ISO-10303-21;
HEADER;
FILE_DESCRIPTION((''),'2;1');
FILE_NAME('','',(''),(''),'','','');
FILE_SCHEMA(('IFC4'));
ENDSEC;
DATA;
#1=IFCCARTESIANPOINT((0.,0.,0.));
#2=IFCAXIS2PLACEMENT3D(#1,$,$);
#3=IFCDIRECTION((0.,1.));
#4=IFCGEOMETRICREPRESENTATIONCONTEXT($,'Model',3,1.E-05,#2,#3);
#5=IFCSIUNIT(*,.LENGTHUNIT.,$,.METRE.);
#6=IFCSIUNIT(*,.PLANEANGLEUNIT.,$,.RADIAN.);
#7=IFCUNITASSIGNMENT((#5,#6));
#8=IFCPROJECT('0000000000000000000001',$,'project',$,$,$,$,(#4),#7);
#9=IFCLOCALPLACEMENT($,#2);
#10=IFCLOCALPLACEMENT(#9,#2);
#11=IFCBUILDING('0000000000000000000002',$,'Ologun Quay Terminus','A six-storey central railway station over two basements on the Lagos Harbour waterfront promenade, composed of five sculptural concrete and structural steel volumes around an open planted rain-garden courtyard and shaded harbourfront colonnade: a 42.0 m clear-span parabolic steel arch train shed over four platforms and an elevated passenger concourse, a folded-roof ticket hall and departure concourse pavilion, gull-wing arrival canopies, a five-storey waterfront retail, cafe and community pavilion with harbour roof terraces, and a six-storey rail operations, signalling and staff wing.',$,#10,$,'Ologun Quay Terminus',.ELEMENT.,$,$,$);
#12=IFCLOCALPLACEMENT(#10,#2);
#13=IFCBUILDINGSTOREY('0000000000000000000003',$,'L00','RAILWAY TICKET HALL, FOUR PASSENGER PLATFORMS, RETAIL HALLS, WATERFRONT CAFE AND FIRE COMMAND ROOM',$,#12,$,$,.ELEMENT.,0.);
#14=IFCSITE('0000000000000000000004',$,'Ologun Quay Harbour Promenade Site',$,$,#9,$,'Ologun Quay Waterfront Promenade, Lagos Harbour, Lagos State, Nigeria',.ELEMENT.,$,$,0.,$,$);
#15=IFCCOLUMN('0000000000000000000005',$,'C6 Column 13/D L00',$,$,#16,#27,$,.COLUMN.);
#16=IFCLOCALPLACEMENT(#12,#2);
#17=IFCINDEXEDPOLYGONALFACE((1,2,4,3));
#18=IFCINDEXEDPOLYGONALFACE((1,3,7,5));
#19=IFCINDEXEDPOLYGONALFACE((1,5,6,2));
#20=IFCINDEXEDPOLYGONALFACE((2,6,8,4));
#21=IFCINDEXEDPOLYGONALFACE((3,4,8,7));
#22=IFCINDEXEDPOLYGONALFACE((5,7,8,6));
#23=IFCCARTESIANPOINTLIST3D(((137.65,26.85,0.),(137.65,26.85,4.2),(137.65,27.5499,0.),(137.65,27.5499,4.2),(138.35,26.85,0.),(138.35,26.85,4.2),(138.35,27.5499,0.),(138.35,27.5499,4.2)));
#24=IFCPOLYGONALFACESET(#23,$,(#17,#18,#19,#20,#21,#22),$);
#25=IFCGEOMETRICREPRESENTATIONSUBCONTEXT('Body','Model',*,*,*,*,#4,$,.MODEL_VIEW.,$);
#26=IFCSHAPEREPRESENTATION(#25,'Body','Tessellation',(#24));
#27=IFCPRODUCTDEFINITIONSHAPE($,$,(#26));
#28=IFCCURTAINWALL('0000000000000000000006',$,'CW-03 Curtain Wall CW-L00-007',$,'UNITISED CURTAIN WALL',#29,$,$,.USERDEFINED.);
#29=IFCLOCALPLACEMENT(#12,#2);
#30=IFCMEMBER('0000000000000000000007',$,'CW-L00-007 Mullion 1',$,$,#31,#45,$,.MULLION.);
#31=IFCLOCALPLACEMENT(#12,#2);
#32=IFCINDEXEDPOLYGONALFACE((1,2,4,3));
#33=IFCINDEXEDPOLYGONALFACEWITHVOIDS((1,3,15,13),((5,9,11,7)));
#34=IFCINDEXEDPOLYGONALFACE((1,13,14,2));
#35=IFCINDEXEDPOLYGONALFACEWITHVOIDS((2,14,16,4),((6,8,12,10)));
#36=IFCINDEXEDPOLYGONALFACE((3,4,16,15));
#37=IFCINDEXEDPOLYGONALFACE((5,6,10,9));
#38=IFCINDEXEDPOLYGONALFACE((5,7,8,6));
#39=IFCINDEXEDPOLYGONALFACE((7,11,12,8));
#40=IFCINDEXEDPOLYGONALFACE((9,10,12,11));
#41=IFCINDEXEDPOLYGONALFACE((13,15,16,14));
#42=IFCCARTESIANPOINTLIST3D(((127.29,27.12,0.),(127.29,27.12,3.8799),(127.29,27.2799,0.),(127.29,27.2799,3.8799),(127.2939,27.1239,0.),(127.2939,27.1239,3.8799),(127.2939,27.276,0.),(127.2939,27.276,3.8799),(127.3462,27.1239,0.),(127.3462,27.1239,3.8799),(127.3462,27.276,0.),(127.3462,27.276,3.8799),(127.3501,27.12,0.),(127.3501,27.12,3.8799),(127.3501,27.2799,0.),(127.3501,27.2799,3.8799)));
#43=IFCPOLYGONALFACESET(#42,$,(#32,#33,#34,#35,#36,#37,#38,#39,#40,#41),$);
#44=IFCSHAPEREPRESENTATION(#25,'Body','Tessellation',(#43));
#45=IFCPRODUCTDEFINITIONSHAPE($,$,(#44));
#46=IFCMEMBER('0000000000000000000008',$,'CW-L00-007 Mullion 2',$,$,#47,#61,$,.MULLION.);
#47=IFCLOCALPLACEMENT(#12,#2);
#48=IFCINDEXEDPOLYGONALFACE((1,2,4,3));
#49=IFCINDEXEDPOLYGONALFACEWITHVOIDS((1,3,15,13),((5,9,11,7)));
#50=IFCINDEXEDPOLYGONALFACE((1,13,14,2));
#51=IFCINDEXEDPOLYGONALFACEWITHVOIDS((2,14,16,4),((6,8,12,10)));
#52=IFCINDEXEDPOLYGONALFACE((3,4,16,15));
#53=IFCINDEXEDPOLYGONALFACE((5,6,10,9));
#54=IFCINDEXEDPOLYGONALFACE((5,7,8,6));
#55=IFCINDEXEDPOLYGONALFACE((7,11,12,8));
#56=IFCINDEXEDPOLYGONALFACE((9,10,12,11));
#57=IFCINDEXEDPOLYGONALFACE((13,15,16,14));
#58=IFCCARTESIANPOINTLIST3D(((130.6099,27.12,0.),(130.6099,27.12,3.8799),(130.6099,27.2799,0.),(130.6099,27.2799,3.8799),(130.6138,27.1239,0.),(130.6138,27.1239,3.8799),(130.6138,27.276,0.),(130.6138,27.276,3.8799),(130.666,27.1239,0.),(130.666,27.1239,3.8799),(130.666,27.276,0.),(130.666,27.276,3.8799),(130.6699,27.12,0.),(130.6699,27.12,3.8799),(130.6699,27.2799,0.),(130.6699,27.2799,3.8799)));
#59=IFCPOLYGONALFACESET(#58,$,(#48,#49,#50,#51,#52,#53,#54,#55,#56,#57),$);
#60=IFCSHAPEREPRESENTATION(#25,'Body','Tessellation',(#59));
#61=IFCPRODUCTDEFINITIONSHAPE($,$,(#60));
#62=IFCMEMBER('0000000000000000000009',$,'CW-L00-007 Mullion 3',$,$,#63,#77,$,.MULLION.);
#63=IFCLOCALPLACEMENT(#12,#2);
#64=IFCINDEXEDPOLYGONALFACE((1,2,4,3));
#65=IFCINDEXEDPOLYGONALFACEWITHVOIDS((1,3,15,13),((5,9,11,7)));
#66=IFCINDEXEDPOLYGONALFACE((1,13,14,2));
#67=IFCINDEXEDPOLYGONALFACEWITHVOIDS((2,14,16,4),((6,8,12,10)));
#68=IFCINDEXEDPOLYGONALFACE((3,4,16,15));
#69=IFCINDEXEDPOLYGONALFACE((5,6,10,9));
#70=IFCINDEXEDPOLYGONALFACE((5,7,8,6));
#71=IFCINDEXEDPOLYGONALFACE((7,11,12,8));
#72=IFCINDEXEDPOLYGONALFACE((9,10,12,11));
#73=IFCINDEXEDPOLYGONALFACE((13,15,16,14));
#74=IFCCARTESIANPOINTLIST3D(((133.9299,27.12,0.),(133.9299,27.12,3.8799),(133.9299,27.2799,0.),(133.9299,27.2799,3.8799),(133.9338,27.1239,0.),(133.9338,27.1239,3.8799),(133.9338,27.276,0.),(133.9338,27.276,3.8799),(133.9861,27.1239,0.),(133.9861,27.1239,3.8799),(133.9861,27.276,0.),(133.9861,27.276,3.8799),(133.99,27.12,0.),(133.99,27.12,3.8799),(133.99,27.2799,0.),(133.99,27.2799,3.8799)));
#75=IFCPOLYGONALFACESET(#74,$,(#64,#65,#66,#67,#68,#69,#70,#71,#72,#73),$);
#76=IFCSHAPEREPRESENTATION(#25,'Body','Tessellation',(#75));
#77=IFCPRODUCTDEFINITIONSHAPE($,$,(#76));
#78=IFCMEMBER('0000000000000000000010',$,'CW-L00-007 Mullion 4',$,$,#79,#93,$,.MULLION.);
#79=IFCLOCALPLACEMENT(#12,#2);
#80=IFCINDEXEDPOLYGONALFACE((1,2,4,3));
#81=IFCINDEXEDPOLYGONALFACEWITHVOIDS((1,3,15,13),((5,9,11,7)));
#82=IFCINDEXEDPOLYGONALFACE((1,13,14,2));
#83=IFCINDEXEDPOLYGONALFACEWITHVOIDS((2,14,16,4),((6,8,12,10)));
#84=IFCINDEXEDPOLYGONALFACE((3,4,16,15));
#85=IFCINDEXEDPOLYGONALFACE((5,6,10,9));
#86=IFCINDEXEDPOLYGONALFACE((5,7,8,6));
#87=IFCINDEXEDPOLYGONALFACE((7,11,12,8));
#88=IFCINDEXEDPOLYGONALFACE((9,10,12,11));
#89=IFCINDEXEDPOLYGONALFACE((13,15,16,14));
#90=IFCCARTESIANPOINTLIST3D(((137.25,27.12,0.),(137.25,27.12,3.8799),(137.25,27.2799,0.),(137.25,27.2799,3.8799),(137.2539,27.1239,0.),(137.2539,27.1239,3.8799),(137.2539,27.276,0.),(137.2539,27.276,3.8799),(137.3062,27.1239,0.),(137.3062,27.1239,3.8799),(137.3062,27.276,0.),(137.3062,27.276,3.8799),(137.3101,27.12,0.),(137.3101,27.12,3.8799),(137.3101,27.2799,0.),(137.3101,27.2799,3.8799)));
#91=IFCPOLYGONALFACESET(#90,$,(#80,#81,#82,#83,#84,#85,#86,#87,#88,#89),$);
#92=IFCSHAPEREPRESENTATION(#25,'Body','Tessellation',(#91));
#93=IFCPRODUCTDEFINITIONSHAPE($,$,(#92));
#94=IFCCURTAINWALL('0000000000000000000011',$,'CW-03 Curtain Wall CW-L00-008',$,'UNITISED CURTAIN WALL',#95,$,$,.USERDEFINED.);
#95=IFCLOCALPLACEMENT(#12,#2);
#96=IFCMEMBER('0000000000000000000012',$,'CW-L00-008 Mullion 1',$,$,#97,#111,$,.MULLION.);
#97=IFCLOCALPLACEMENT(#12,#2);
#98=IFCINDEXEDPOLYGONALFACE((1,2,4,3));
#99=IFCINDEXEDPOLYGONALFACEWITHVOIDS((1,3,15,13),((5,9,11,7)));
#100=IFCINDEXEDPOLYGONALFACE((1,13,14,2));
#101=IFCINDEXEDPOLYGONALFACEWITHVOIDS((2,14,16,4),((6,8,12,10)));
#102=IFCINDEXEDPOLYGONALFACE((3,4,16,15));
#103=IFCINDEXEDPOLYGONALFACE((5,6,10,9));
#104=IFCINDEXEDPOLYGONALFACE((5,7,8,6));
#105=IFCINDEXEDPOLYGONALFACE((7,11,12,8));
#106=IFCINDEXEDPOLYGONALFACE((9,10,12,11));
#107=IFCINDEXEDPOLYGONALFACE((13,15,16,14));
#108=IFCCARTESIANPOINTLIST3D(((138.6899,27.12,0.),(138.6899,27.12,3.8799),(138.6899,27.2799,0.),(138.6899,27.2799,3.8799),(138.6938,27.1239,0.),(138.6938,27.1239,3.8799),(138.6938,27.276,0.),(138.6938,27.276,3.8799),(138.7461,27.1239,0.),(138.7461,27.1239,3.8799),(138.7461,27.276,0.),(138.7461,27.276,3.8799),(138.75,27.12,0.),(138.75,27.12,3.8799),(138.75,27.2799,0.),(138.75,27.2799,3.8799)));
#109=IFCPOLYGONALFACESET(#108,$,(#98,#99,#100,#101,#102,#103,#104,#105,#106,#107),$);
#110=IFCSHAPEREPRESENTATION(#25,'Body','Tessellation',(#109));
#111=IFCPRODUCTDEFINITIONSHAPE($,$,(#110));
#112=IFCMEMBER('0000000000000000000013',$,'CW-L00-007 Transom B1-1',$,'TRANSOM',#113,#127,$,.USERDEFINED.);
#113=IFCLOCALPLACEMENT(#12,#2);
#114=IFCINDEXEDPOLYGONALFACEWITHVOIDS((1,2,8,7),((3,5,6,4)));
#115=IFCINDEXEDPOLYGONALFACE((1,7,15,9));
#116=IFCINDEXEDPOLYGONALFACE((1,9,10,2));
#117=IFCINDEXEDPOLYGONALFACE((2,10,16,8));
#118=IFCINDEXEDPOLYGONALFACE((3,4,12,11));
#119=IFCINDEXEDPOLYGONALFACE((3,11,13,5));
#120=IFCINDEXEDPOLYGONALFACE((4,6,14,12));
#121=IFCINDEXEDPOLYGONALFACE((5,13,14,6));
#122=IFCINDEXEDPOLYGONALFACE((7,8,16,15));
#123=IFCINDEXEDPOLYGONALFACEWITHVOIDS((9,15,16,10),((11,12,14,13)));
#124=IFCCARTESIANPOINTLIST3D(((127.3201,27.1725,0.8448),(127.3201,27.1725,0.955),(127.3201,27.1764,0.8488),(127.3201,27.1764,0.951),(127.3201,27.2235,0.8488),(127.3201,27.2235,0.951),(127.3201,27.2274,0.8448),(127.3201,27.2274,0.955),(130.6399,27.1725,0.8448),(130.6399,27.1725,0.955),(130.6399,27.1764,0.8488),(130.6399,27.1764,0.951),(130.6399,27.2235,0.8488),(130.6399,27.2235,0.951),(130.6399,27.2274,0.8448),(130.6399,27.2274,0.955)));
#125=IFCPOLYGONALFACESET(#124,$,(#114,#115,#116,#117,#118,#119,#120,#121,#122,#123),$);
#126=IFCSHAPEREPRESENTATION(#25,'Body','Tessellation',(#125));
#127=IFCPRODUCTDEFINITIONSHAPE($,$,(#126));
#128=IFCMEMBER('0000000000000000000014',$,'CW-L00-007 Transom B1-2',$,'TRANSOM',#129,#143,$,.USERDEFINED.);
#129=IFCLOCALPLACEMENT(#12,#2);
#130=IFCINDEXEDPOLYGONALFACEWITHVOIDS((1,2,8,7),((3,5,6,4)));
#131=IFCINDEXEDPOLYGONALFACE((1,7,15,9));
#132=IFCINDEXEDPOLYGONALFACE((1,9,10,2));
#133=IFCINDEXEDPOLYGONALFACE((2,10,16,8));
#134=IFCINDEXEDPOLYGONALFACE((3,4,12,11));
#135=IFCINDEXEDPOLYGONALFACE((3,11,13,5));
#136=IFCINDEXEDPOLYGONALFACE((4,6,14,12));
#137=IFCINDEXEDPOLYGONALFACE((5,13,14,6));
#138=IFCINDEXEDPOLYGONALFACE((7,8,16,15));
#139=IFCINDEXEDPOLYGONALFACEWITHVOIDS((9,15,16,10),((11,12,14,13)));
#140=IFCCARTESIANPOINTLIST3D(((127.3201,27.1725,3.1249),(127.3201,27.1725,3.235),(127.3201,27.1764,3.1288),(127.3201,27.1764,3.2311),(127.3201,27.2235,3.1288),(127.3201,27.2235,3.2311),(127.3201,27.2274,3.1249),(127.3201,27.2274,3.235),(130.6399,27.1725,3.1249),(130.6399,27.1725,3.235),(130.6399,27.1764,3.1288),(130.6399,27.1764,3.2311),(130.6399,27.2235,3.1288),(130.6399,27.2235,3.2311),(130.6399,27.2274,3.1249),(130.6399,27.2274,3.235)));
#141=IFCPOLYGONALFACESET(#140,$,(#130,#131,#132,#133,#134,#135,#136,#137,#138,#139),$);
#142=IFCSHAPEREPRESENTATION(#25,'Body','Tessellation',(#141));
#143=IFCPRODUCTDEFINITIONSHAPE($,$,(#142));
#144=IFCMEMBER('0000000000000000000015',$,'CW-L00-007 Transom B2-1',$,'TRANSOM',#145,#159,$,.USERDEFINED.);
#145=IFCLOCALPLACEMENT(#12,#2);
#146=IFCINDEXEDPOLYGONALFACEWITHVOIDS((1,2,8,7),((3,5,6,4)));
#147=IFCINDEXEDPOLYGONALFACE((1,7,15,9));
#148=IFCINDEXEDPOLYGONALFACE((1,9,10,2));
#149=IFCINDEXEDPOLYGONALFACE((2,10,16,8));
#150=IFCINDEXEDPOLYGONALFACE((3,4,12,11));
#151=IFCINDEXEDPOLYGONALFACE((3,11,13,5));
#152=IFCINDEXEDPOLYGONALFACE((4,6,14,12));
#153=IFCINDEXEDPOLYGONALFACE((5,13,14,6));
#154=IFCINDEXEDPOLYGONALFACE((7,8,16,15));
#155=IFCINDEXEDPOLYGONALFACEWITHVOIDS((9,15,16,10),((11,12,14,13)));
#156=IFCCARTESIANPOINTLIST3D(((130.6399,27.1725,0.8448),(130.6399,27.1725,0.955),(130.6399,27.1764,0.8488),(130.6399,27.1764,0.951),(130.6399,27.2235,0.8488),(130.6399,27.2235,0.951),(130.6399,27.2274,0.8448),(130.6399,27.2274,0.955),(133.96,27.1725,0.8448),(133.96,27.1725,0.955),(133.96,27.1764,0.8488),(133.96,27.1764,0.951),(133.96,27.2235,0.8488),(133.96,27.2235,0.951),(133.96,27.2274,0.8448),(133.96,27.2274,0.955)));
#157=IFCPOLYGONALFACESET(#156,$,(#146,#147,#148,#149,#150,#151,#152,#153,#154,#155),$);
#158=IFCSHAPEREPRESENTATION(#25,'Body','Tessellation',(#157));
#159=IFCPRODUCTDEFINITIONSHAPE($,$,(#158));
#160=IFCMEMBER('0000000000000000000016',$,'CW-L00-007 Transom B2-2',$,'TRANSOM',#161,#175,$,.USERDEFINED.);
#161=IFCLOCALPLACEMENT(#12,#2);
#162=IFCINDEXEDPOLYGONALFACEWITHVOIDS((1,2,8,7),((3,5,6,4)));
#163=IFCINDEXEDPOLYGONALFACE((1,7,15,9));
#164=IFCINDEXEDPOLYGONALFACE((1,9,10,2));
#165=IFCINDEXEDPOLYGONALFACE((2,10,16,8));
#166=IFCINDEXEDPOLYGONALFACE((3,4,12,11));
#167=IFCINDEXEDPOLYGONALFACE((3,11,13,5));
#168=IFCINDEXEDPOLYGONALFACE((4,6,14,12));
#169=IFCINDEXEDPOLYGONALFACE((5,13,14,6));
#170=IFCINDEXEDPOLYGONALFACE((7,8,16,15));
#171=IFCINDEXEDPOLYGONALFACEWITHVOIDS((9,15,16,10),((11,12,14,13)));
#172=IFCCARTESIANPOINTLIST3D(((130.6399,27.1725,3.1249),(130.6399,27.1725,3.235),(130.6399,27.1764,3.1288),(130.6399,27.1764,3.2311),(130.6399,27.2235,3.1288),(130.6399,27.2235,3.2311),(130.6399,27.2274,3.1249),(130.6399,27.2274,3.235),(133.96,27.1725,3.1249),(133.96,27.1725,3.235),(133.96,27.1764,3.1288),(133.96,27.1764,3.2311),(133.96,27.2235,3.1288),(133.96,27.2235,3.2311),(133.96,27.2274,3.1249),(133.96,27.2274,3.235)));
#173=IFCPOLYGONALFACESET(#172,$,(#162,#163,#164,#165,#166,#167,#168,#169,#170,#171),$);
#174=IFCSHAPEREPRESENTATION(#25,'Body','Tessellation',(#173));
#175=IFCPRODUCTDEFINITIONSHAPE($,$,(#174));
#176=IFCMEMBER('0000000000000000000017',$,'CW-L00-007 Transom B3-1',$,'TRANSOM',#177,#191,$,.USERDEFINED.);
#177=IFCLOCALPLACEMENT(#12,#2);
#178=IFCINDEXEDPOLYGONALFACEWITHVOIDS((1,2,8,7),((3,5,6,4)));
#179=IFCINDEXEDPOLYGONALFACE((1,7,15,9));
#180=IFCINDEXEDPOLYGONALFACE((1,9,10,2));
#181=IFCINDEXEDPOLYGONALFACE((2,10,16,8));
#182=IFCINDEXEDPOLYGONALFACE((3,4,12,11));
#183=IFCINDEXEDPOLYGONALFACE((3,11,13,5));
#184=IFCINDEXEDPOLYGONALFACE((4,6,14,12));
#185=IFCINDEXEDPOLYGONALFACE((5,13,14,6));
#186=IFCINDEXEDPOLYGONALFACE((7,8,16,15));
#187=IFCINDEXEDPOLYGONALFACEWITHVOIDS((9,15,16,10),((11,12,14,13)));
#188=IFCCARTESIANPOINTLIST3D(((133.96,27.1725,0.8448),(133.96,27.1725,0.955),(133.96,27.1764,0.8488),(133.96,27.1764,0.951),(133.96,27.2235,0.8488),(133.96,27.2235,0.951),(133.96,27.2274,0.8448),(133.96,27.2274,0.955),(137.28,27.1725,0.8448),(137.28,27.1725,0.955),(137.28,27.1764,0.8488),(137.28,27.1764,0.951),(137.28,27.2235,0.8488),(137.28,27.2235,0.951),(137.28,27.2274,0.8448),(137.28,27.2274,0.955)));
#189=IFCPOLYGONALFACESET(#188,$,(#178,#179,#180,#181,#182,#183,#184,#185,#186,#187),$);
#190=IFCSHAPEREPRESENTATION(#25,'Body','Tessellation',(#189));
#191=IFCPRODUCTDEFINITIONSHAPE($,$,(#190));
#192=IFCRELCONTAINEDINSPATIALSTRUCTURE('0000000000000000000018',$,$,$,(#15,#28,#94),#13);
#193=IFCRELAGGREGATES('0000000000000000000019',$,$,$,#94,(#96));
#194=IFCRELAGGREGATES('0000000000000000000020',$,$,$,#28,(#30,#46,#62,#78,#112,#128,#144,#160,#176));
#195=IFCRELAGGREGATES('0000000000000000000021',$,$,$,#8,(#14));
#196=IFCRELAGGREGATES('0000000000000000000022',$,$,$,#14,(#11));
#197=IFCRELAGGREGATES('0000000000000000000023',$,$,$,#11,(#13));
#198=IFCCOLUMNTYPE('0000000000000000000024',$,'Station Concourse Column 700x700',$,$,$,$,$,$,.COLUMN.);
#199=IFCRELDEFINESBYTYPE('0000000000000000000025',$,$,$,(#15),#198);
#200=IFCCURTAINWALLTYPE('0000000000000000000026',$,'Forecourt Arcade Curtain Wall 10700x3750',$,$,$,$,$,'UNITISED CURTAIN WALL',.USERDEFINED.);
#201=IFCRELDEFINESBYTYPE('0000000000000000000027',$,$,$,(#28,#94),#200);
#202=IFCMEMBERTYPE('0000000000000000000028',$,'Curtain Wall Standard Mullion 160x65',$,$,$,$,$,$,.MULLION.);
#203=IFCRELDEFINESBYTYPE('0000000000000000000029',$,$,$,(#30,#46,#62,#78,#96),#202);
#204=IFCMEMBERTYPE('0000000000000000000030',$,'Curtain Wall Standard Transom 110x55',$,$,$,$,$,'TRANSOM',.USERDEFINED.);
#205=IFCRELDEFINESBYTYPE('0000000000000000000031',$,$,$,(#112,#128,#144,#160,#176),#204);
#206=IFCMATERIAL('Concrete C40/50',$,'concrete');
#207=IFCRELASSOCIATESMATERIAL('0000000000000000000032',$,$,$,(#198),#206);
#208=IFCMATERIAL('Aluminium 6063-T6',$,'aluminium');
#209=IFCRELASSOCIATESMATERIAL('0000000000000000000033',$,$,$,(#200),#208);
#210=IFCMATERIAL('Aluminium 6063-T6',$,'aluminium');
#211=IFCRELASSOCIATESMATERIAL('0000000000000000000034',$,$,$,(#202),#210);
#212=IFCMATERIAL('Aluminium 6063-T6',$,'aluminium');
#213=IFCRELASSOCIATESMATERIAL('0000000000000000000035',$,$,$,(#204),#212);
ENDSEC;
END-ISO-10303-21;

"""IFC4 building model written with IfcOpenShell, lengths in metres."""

from ifc_helpers import new_model, si_unit, direction, frame, origin, origin_2d, place, context, subcontext, project, spatial, rectangle, hollow_rectangle, extrude, material, material_profile, profile_set, type_object, element, aggregate, save


model = new_model("IFC4")

# Units and contexts
model_context = context("Model", 3, precision=1e-05, world=origin(), true_north=direction((0.0, 1.0)))
body_context = subcontext(model_context, "Body", "Model", "MODEL_VIEW")
ifc_project = project(units=[si_unit("LENGTHUNIT", "METRE"), si_unit("PLANEANGLEUNIT", "RADIAN")], contexts=[model_context])

# Site, building, storey
site_placement = place(None, origin())
site = spatial("IfcSite", under=ifc_project, at=site_placement, Name="Ologun Quay Harbour Promenade Site", LongName="Ologun Quay Waterfront Promenade, Lagos Harbour, Lagos State, Nigeria", CompositionType="ELEMENT", RefElevation=0.0)
building_placement = place(site_placement, origin())
building = spatial("IfcBuilding", under=site, at=building_placement, Name="Ologun Quay Terminus", Description="A six-storey central railway station over two basements on the Lagos Harbour waterfront promenade, composed of five sculptural concrete and structural steel volumes around an open planted rain-garden courtyard and shaded harbourfront colonnade: a 42.0 m clear-span parabolic steel arch train shed over four platforms and an elevated passenger concourse, a folded-roof ticket hall and departure concourse pavilion, gull-wing arrival canopies, a five-storey waterfront retail, cafe and community pavilion with harbour roof terraces, and a six-storey rail operations, signalling and staff wing.", LongName="Ologun Quay Terminus", CompositionType="ELEMENT")
storey_placement = place(building_placement, origin())
storey = spatial("IfcBuildingStorey", under=building, at=storey_placement, Name="L00", Description="RAILWAY TICKET HALL, FOUR PASSENGER PLATFORMS, RETAIL HALLS, WATERFRONT CAFE AND FIRE COMMAND ROOM", CompositionType="ELEMENT", Elevation=0.0)

# Column
ifc_material_1 = material(Name="Concrete C40/50", Category="concrete")
ifc_material_profile_1 = material_profile(ifc_material_1, rectangle(XDim=0.7, YDim=0.7, at=origin_2d()), Name="RC 700x700")
ifc_profile_set_1 = profile_set([ifc_material_profile_1], Name="Concrete C40/50")
column_type = type_object("IfcColumnType", Name="Station Concourse Column 700x700", PredefinedType="COLUMN", material=ifc_profile_set_1)
column_placement = place(storey_placement, frame((138.0, 27.2, 0.0), z_axis=(0.0, 0.0, 1.0), x_axis=(1.0, 0.0, 0.0)))
element("IfcColumn", 1, at=column_placement, inside=storey, type_object=column_type, Name="C6 Column 13/D L00", PredefinedType="COLUMN", context=body_context, shape_type="SweptSolid", body=[
    extrude(rectangle(XDim=0.7, YDim=0.7, at=origin_2d()), origin(), (0.0, 0.0, 1.0), 4.2),
])

# Curtain wall, members
ifc_material_2 = material(Name="Aluminium 6063-T6", Category="aluminium")
curtain_wall_type = type_object("IfcCurtainWallType", Name="Forecourt Arcade Curtain Wall 10700x3750", ElementType="UNITISED CURTAIN WALL", PredefinedType="USERDEFINED", material=ifc_material_2)
curtain_wall_1_placement = place(storey_placement, origin())
curtain_wall_1 = element("IfcCurtainWall", 2, at=curtain_wall_1_placement, inside=storey, type_object=curtain_wall_type, Name="CW-03 Curtain Wall CW-L00-007", ObjectType="UNITISED CURTAIN WALL", PredefinedType="USERDEFINED")
ifc_material_3 = material(Name="Aluminium 6063-T6", Category="aluminium")
ifc_material_profile_2 = material_profile(ifc_material_3, hollow_rectangle(XDim=0.0601, YDim=0.1599, WallThickness=0.0039, at=origin_2d()), Name="ALU 160x60x4")
ifc_profile_set_2 = profile_set([ifc_material_profile_2], Name="Aluminium 6063-T6")
member_type_1 = type_object("IfcMemberType", Name="Curtain Wall Standard Mullion 160x65", PredefinedType="MULLION", material=ifc_profile_set_2)
member_1_placement = place(storey_placement, frame((127.3201, 27.2, 0.0), z_axis=(0.0, 0.0, 1.0), x_axis=(1.0, 0.0, 0.0)))
member_1 = element("IfcMember", 3, at=member_1_placement, type_object=member_type_1, Name="CW-L00-007 Mullion 1", PredefinedType="MULLION", context=body_context, shape_type="SweptSolid", body=[
    extrude(hollow_rectangle(XDim=0.0601, YDim=0.1599, WallThickness=0.0039, at=origin_2d()), origin(), (0.0, 0.0, 1.0), 3.8799),
])
member_2_placement = place(storey_placement, frame((130.6399, 27.2, 0.0), z_axis=(0.0, 0.0, 1.0), x_axis=(1.0, 0.0, 0.0)))
member_2 = element("IfcMember", 4, at=member_2_placement, type_object=member_type_1, Name="CW-L00-007 Mullion 2", PredefinedType="MULLION", context=body_context, shape_type="SweptSolid", body=[
    extrude(hollow_rectangle(XDim=0.0601, YDim=0.1599, WallThickness=0.0039, at=origin_2d()), origin(), (0.0, 0.0, 1.0), 3.8799),
])
member_3_placement = place(storey_placement, frame((133.96, 27.2, 0.0), z_axis=(0.0, 0.0, 1.0), x_axis=(1.0, 0.0, 0.0)))
member_3 = element("IfcMember", 5, at=member_3_placement, type_object=member_type_1, Name="CW-L00-007 Mullion 3", PredefinedType="MULLION", context=body_context, shape_type="SweptSolid", body=[
    extrude(hollow_rectangle(XDim=0.0601, YDim=0.1599, WallThickness=0.0039, at=origin_2d()), origin(), (0.0, 0.0, 1.0), 3.8799),
])
member_4_placement = place(storey_placement, frame((137.28, 27.2, 0.0), z_axis=(0.0, 0.0, 1.0), x_axis=(1.0, 0.0, 0.0)))
member_4 = element("IfcMember", 6, at=member_4_placement, type_object=member_type_1, Name="CW-L00-007 Mullion 4", PredefinedType="MULLION", context=body_context, shape_type="SweptSolid", body=[
    extrude(hollow_rectangle(XDim=0.0601, YDim=0.1599, WallThickness=0.0039, at=origin_2d()), origin(), (0.0, 0.0, 1.0), 3.8799),
])

# Curtain wall, member
curtain_wall_2_placement = place(storey_placement, origin())
curtain_wall_2 = element("IfcCurtainWall", 7, at=curtain_wall_2_placement, inside=storey, type_object=curtain_wall_type, Name="CW-03 Curtain Wall CW-L00-008", ObjectType="UNITISED CURTAIN WALL", PredefinedType="USERDEFINED")
member_5_placement = place(storey_placement, frame((138.72, 27.2, 0.0), z_axis=(0.0, 0.0, 1.0), x_axis=(1.0, 0.0, 0.0)))
member_5 = element("IfcMember", 8, at=member_5_placement, type_object=member_type_1, Name="CW-L00-008 Mullion 1", PredefinedType="MULLION", context=body_context, shape_type="SweptSolid", body=[
    extrude(hollow_rectangle(XDim=0.0601, YDim=0.1599, WallThickness=0.0039, at=origin_2d()), origin(), (0.0, 0.0, 1.0), 3.8799),
])
aggregate(curtain_wall_2, [member_5])

# Members
ifc_material_4 = material(Name="Aluminium 6063-T6", Category="aluminium")
ifc_material_profile_3 = material_profile(ifc_material_4, hollow_rectangle(XDim=0.0549, YDim=0.1101, WallThickness=0.0039, at=origin_2d()), Name="ALU 110x55x4")
ifc_profile_set_3 = profile_set([ifc_material_profile_3], Name="Aluminium 6063-T6")
member_type_2 = type_object("IfcMemberType", Name="Curtain Wall Standard Transom 110x55", ElementType="TRANSOM", PredefinedType="USERDEFINED", material=ifc_profile_set_3)
member_6_placement = place(storey_placement, frame((127.3201, 27.2, 0.8999), z_axis=(1.0, 0.0, 0.0), x_axis=(0.0, 1.0, 0.0)))
member_6 = element("IfcMember", 9, at=member_6_placement, type_object=member_type_2, Name="CW-L00-007 Transom B1-1", ObjectType="TRANSOM", PredefinedType="USERDEFINED", context=body_context, shape_type="SweptSolid", body=[
    extrude(hollow_rectangle(XDim=0.0549, YDim=0.1101, WallThickness=0.0039, at=origin_2d()), origin(), (0.0, 0.0, 1.0), 3.3198),
])
member_7_placement = place(storey_placement, frame((127.3201, 27.2, 3.1799), z_axis=(1.0, 0.0, 0.0), x_axis=(0.0, 1.0, 0.0)))
member_7 = element("IfcMember", 10, at=member_7_placement, type_object=member_type_2, Name="CW-L00-007 Transom B1-2", ObjectType="TRANSOM", PredefinedType="USERDEFINED", context=body_context, shape_type="SweptSolid", body=[
    extrude(hollow_rectangle(XDim=0.0549, YDim=0.1101, WallThickness=0.0039, at=origin_2d()), origin(), (0.0, 0.0, 1.0), 3.3198),
])
member_8_placement = place(storey_placement, frame((130.6399, 27.2, 0.8999), z_axis=(1.0, 0.0, 0.0), x_axis=(0.0, 1.0, 0.0)))
member_8 = element("IfcMember", 11, at=member_8_placement, type_object=member_type_2, Name="CW-L00-007 Transom B2-1", ObjectType="TRANSOM", PredefinedType="USERDEFINED", context=body_context, shape_type="SweptSolid", body=[
    extrude(hollow_rectangle(XDim=0.0549, YDim=0.1101, WallThickness=0.0039, at=origin_2d()), origin(), (0.0, 0.0, 1.0), 3.3201),
])
member_9_placement = place(storey_placement, frame((130.6399, 27.2, 3.1799), z_axis=(1.0, 0.0, 0.0), x_axis=(0.0, 1.0, 0.0)))
member_9 = element("IfcMember", 12, at=member_9_placement, type_object=member_type_2, Name="CW-L00-007 Transom B2-2", ObjectType="TRANSOM", PredefinedType="USERDEFINED", context=body_context, shape_type="SweptSolid", body=[
    extrude(hollow_rectangle(XDim=0.0549, YDim=0.1101, WallThickness=0.0039, at=origin_2d()), origin(), (0.0, 0.0, 1.0), 3.3201),
])
member_10_placement = place(storey_placement, frame((133.96, 27.2, 0.8999), z_axis=(1.0, 0.0, 0.0), x_axis=(0.0, 1.0, 0.0)))
member_10 = element("IfcMember", 13, at=member_10_placement, type_object=member_type_2, Name="CW-L00-007 Transom B3-1", ObjectType="TRANSOM", PredefinedType="USERDEFINED", context=body_context, shape_type="SweptSolid", body=[
    extrude(hollow_rectangle(XDim=0.0549, YDim=0.1101, WallThickness=0.0039, at=origin_2d()), origin(), (0.0, 0.0, 1.0), 3.3201),
])

aggregate(curtain_wall_1, [member_1, member_2, member_3, member_4, member_6, member_7, member_8, member_9, member_10])

save(model, "model.ifc")
